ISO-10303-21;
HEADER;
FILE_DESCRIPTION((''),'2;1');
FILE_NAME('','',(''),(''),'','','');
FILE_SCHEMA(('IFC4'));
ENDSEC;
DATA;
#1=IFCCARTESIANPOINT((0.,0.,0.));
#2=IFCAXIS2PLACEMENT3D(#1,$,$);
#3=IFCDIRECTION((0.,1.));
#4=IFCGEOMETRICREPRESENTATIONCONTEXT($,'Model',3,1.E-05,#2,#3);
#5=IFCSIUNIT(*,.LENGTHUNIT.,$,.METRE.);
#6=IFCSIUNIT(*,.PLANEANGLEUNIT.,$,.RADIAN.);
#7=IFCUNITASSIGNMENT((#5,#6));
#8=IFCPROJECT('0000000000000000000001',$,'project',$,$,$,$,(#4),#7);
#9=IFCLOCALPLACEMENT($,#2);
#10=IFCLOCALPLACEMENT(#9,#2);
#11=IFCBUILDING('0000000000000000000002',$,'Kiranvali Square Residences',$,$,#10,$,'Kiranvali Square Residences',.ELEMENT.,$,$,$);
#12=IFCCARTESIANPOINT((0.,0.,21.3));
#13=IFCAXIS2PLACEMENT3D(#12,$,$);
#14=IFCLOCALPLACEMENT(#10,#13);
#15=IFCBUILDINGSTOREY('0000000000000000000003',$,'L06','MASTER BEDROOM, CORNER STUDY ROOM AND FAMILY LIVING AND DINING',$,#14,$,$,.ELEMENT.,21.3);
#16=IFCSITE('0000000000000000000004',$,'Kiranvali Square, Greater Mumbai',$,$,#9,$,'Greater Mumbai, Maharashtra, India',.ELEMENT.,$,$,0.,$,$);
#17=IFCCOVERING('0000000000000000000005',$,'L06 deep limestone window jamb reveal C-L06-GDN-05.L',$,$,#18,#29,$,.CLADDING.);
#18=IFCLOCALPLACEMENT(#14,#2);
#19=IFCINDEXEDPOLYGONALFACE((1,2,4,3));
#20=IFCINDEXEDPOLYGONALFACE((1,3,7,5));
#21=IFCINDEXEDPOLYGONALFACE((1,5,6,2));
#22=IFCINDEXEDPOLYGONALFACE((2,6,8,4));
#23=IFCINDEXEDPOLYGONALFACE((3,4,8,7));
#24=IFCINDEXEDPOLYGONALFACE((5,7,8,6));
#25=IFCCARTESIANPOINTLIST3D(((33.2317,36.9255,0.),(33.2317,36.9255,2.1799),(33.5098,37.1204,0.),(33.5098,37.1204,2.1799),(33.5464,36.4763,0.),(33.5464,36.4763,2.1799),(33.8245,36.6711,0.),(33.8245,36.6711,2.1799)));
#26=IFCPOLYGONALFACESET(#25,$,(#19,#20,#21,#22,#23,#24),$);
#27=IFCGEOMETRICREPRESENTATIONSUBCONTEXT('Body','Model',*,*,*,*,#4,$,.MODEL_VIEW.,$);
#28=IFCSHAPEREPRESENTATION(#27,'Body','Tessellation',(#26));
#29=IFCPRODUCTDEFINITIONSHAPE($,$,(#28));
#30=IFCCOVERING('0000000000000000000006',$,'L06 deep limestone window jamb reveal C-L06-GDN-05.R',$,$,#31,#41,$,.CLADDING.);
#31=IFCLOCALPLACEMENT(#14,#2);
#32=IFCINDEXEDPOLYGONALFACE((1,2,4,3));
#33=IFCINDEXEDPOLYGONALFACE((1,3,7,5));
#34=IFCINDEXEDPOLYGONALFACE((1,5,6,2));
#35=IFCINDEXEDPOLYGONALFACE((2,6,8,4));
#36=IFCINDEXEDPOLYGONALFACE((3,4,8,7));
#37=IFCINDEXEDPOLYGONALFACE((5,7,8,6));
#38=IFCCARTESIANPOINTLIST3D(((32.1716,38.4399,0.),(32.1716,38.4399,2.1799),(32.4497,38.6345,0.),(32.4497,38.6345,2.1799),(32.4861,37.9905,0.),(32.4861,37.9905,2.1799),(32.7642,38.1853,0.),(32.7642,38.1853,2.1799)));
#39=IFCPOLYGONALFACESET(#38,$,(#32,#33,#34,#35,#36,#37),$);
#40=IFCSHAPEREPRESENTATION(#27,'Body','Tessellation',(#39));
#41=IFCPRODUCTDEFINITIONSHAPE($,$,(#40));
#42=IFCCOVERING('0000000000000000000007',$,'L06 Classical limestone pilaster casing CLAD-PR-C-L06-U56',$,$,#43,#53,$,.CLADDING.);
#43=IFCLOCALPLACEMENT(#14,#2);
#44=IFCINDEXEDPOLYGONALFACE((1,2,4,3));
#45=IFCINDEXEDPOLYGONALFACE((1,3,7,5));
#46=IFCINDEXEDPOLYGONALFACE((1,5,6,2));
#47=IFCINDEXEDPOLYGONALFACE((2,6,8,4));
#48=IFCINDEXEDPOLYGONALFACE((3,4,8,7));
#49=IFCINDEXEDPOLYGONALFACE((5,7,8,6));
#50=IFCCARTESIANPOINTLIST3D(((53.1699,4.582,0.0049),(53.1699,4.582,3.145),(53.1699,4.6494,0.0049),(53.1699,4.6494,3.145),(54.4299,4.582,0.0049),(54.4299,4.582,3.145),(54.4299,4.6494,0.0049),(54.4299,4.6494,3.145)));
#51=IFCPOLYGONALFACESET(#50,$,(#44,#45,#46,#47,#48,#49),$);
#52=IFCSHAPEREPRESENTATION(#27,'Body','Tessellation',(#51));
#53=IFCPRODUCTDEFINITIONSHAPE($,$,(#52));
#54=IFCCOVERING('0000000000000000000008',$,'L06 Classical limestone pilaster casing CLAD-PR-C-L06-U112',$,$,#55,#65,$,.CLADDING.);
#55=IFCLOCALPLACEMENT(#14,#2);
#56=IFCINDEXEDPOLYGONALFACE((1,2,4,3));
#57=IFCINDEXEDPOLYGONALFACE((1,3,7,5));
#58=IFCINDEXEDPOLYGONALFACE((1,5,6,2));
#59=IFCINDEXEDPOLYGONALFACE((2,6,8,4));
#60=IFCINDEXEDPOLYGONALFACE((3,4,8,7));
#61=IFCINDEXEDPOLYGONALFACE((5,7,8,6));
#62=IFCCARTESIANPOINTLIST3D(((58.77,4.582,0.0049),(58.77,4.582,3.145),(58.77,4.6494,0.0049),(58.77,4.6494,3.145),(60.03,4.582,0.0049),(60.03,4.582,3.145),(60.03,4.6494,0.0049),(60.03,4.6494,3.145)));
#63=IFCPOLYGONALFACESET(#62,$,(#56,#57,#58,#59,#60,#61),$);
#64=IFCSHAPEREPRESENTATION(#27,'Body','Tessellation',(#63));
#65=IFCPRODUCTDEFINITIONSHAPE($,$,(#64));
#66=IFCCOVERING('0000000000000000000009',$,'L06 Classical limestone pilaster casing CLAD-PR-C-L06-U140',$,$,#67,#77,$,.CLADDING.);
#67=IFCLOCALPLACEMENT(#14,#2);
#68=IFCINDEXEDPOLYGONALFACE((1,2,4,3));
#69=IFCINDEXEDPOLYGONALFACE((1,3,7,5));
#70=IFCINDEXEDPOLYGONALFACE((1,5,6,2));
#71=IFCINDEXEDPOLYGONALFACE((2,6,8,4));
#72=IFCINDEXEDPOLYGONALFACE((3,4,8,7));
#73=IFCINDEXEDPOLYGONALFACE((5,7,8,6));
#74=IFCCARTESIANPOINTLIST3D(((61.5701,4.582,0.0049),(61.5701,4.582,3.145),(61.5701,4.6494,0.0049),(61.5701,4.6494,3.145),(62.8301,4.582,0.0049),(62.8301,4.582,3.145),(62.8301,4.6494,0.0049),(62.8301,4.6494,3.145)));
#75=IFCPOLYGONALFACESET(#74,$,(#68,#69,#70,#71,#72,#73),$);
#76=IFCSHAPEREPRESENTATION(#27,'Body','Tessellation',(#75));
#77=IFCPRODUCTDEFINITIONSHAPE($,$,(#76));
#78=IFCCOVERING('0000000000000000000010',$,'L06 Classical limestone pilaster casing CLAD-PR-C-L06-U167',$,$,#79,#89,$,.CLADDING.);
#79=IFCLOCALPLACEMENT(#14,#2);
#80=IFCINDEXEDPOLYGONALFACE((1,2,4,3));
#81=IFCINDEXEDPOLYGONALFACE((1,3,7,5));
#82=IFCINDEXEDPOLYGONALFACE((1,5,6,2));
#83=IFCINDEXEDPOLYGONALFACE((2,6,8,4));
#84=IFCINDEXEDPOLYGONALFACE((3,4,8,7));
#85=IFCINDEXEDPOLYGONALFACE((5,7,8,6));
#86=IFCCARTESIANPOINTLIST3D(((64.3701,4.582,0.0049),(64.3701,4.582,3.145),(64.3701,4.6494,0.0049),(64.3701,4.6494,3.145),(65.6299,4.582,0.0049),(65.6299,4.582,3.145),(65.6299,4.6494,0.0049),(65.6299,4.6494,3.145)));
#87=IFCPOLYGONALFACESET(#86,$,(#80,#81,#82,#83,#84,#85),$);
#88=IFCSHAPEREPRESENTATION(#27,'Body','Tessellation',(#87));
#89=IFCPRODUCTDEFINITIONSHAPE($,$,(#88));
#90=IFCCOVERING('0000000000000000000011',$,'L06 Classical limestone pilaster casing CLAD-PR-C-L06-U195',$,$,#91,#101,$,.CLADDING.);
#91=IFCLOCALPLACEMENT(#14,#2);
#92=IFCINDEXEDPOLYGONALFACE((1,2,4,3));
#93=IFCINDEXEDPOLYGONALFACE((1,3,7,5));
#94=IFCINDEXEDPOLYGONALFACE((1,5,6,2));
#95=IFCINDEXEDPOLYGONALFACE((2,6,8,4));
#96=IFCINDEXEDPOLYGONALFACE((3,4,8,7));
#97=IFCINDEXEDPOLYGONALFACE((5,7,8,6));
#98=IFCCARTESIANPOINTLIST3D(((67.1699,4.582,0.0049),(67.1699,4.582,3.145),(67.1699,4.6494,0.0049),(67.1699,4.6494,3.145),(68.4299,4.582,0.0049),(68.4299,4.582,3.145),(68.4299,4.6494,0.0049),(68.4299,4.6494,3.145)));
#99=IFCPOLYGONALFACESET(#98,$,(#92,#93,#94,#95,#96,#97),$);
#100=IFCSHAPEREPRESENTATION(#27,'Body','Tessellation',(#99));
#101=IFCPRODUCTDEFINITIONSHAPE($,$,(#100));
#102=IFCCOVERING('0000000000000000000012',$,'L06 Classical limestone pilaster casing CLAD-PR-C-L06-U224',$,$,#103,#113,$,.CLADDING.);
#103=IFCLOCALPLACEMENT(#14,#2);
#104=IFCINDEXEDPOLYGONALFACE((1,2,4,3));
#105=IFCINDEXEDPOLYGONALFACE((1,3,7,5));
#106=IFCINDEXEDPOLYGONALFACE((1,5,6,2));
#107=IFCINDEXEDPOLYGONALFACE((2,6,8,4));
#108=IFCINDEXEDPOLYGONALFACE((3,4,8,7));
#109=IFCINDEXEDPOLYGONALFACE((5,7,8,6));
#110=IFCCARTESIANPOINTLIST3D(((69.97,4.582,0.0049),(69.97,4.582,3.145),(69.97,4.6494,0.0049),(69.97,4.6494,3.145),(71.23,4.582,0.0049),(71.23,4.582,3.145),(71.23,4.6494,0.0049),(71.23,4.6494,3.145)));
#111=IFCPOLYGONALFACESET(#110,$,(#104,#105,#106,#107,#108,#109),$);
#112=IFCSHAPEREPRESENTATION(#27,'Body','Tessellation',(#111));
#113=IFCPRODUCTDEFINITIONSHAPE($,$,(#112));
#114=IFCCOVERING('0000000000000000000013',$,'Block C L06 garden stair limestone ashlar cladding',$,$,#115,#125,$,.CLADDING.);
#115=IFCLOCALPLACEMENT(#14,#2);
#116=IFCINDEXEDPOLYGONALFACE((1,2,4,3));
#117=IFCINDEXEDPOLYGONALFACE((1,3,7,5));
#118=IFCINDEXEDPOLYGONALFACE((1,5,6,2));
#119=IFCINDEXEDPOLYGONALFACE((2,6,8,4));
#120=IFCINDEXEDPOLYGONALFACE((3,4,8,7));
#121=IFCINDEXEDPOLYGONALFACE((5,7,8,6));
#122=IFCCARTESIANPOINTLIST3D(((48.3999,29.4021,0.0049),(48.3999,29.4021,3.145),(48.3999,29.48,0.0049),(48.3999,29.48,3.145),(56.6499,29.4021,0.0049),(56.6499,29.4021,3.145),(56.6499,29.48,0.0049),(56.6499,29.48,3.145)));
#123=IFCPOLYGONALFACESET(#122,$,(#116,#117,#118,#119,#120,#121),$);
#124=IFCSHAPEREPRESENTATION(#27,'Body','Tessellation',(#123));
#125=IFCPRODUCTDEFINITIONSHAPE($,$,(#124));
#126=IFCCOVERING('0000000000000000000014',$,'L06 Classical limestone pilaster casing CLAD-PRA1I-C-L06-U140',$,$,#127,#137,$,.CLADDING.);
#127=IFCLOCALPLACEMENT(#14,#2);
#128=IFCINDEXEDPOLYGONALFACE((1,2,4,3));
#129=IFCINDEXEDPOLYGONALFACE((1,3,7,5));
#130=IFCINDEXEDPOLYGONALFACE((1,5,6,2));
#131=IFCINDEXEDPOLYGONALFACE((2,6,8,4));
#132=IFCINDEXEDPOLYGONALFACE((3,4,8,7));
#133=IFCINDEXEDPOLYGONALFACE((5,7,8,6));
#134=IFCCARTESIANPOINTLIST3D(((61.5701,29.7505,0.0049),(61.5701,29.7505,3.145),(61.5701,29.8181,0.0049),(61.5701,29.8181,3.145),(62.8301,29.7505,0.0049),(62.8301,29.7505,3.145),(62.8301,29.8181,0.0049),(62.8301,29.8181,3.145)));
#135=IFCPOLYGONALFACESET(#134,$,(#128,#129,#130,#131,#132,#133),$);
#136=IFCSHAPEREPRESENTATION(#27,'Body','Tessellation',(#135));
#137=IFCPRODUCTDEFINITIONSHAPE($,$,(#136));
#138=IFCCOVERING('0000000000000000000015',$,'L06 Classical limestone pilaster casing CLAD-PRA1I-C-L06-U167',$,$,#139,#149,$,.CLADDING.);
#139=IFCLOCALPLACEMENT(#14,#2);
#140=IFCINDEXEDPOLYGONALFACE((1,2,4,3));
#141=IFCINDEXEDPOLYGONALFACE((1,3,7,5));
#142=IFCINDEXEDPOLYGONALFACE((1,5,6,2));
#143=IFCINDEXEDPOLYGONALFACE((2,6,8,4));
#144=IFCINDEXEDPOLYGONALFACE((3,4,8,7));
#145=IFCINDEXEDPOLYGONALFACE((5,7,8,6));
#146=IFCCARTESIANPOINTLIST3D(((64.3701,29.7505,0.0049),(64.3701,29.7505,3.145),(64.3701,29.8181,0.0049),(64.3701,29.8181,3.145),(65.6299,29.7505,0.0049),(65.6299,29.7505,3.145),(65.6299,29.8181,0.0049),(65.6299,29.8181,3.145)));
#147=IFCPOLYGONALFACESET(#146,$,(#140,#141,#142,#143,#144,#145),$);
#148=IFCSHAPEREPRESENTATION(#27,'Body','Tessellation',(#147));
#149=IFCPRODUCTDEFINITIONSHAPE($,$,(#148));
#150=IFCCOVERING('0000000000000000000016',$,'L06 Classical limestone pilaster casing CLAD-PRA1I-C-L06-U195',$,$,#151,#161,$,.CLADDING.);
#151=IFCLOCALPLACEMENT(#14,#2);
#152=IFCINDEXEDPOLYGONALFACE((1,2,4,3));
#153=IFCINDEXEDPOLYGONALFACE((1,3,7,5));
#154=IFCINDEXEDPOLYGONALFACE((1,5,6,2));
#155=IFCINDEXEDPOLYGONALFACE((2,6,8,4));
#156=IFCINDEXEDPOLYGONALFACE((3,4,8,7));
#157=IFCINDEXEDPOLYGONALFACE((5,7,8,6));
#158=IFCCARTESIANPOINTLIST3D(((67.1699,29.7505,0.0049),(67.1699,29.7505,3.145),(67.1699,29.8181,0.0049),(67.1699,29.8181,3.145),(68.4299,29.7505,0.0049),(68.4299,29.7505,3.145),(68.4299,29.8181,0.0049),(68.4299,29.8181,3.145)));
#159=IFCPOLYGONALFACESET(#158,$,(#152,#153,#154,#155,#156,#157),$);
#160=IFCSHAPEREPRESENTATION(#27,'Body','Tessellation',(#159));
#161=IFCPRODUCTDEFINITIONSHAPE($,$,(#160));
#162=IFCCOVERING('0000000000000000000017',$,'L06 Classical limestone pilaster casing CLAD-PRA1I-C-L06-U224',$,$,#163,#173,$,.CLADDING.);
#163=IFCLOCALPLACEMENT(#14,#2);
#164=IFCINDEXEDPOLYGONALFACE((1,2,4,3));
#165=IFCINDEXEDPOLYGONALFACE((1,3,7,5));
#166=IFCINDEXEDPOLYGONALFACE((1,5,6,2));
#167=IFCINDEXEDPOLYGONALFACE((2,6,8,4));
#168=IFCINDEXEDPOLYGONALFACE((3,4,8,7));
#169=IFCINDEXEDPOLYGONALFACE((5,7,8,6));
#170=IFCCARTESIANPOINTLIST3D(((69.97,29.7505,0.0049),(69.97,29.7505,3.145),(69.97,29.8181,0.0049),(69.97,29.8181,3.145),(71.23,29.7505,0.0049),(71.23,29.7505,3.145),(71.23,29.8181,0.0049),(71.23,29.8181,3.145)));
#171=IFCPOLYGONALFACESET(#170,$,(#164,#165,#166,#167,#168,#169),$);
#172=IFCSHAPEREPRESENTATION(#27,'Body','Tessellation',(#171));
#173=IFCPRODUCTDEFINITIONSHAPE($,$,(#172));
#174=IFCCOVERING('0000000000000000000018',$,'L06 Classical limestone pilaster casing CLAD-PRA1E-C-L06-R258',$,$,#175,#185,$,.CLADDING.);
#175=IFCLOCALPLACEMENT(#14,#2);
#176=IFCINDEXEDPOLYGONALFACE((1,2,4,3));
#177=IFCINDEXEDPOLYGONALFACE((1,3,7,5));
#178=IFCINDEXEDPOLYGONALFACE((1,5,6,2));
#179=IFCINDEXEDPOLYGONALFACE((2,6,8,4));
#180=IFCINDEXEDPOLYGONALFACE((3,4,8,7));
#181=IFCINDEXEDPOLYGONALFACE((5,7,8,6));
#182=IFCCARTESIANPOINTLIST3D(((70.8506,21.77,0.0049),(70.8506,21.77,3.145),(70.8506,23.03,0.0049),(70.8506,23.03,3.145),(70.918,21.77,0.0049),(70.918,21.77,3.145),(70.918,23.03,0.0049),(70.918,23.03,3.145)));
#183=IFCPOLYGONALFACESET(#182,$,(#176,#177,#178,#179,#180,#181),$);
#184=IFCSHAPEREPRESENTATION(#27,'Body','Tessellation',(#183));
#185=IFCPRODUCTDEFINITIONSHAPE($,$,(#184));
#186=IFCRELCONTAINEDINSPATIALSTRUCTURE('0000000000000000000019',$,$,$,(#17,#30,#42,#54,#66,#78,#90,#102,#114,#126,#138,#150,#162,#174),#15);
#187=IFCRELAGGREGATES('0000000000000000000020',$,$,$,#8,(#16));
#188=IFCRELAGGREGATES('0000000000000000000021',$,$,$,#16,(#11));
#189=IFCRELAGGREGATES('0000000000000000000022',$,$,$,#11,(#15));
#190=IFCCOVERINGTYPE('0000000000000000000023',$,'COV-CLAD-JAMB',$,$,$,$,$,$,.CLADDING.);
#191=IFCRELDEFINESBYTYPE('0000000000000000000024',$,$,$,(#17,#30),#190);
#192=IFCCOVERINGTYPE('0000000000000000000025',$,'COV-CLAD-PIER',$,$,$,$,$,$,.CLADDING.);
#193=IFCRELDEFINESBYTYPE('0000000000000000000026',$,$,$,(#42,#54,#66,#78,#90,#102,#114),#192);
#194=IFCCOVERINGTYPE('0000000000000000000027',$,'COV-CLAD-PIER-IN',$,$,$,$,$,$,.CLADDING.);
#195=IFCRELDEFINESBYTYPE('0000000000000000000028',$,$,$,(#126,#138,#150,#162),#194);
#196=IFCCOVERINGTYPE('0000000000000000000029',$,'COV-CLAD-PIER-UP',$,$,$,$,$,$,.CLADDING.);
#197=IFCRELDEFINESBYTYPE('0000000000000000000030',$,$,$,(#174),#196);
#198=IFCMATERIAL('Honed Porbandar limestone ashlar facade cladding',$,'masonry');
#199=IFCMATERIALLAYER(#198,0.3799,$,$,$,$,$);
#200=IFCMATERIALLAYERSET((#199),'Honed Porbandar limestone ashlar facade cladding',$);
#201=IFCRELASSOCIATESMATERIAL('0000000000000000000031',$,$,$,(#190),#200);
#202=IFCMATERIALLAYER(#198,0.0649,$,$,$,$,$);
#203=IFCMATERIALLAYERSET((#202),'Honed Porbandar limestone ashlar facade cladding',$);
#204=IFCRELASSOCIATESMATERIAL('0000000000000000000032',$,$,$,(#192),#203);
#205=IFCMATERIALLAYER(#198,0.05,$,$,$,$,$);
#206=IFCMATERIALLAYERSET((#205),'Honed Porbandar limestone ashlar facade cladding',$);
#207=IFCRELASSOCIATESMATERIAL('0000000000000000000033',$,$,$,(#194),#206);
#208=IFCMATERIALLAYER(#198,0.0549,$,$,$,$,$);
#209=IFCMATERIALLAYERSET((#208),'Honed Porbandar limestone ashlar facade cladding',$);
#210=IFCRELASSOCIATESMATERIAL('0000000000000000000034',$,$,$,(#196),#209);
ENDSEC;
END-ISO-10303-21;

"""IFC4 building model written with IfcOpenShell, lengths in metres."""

from ifc_helpers import new_model, si_unit, direction, frame, origin, place, context, subcontext, project, spatial, polyline, outline, extrude, material, layer, layer_set, type_object, element, save


model = new_model("IFC4")

# Units and contexts
model_context = context("Model", 3, precision=1e-05, world=origin(), true_north=direction((0.0, 1.0)))
body_context = subcontext(model_context, "Body", "Model", "MODEL_VIEW")
ifc_project = project(units=[si_unit("LENGTHUNIT", "METRE"), si_unit("PLANEANGLEUNIT", "RADIAN")], contexts=[model_context])

# Site, building, storey
site_placement = place(None, origin())
site = spatial("IfcSite", under=ifc_project, at=site_placement, Name="Kiranvali Square, Greater Mumbai", LongName="Greater Mumbai, Maharashtra, India", CompositionType="ELEMENT", RefElevation=0.0)
building_placement = place(site_placement, origin())
building = spatial("IfcBuilding", under=site, at=building_placement, Name="Kiranvali Square Residences", LongName="Kiranvali Square Residences", CompositionType="ELEMENT")
storey_placement = place(building_placement, frame((0.0, 0.0, 21.3)))
storey = spatial("IfcBuildingStorey", under=building, at=storey_placement, Name="L06", Description="MASTER BEDROOM, CORNER STUDY ROOM AND FAMILY LIVING AND DINING", CompositionType="ELEMENT", Elevation=21.3)

# Coverings
ifc_material = material(Name="Honed Porbandar limestone ashlar facade cladding", Category="masonry")
ifc_layer_1 = layer(ifc_material, 0.3799)
ifc_layer_set_1 = layer_set([ifc_layer_1], Name="Honed Porbandar limestone ashlar facade cladding")
covering_type_1 = type_object("IfcCoveringType", Name="COV-CLAD-JAMB", PredefinedType="CLADDING", material=ifc_layer_set_1)
covering_1_placement = place(storey_placement, origin())
element("IfcCovering", 1, at=covering_1_placement, inside=storey, type_object=covering_type_1, Name="L06 deep limestone window jamb reveal C-L06-GDN-05.L", PredefinedType="CLADDING", context=body_context, shape_type="SweptSolid", body=[
    extrude(outline(polyline([(33.8245, 36.6711), (33.5098, 37.1204), (33.2317, 36.9255), (33.5464, 36.4763), (33.8245, 36.6711)])), origin(), (0.0, 0.0, 1.0), 2.1799),
])
covering_2_placement = place(storey_placement, origin())
element("IfcCovering", 2, at=covering_2_placement, inside=storey, type_object=covering_type_1, Name="L06 deep limestone window jamb reveal C-L06-GDN-05.R", PredefinedType="CLADDING", context=body_context, shape_type="SweptSolid", body=[
    extrude(outline(polyline([(32.7642, 38.1853), (32.4497, 38.6345), (32.1716, 38.4399), (32.4861, 37.9905), (32.7642, 38.1853)])), origin(), (0.0, 0.0, 1.0), 2.1799),
])
ifc_layer_2 = layer(ifc_material, 0.0649)
ifc_layer_set_2 = layer_set([ifc_layer_2], Name="Honed Porbandar limestone ashlar facade cladding")
covering_type_2 = type_object("IfcCoveringType", Name="COV-CLAD-PIER", PredefinedType="CLADDING", material=ifc_layer_set_2)
covering_3_placement = place(storey_placement, frame((0.0, 0.0, 0.0049)))
element("IfcCovering", 3, at=covering_3_placement, inside=storey, type_object=covering_type_2, Name="L06 Classical limestone pilaster casing CLAD-PR-C-L06-U56", PredefinedType="CLADDING", context=body_context, shape_type="SweptSolid", body=[
    extrude(outline(polyline([(53.1699, 4.582), (54.4299, 4.582), (54.4299, 4.6494), (53.1699, 4.6494), (53.1699, 4.582)])), origin(), (0.0, 0.0, 1.0), 3.1401),
])
covering_4_placement = place(storey_placement, frame((0.0, 0.0, 0.0049)))
element("IfcCovering", 4, at=covering_4_placement, inside=storey, type_object=covering_type_2, Name="L06 Classical limestone pilaster casing CLAD-PR-C-L06-U112", PredefinedType="CLADDING", context=body_context, shape_type="SweptSolid", body=[
    extrude(outline(polyline([(58.77, 4.582), (60.03, 4.582), (60.03, 4.6494), (58.77, 4.6494), (58.77, 4.582)])), origin(), (0.0, 0.0, 1.0), 3.1401),
])
covering_5_placement = place(storey_placement, frame((0.0, 0.0, 0.0049)))
element("IfcCovering", 5, at=covering_5_placement, inside=storey, type_object=covering_type_2, Name="L06 Classical limestone pilaster casing CLAD-PR-C-L06-U140", PredefinedType="CLADDING", context=body_context, shape_type="SweptSolid", body=[
    extrude(outline(polyline([(61.5701, 4.582), (62.8301, 4.582), (62.8301, 4.6494), (61.5701, 4.6494), (61.5701, 4.582)])), origin(), (0.0, 0.0, 1.0), 3.1401),
])
covering_6_placement = place(storey_placement, frame((0.0, 0.0, 0.0049)))
element("IfcCovering", 6, at=covering_6_placement, inside=storey, type_object=covering_type_2, Name="L06 Classical limestone pilaster casing CLAD-PR-C-L06-U167", PredefinedType="CLADDING", context=body_context, shape_type="SweptSolid", body=[
    extrude(outline(polyline([(64.3701, 4.582), (65.6299, 4.582), (65.6299, 4.6494), (64.3701, 4.6494), (64.3701, 4.582)])), origin(), (0.0, 0.0, 1.0), 3.1401),
])
covering_7_placement = place(storey_placement, frame((0.0, 0.0, 0.0049)))
element("IfcCovering", 7, at=covering_7_placement, inside=storey, type_object=covering_type_2, Name="L06 Classical limestone pilaster casing CLAD-PR-C-L06-U195", PredefinedType="CLADDING", context=body_context, shape_type="SweptSolid", body=[
    extrude(outline(polyline([(67.1699, 4.582), (68.4299, 4.582), (68.4299, 4.6494), (67.1699, 4.6494), (67.1699, 4.582)])), origin(), (0.0, 0.0, 1.0), 3.1401),
])
covering_8_placement = place(storey_placement, frame((0.0, 0.0, 0.0049)))
element("IfcCovering", 8, at=covering_8_placement, inside=storey, type_object=covering_type_2, Name="L06 Classical limestone pilaster casing CLAD-PR-C-L06-U224", PredefinedType="CLADDING", context=body_context, shape_type="SweptSolid", body=[
    extrude(outline(polyline([(69.97, 4.582), (71.23, 4.582), (71.23, 4.6494), (69.97, 4.6494), (69.97, 4.582)])), origin(), (0.0, 0.0, 1.0), 3.1401),
])
covering_9_placement = place(storey_placement, frame((0.0, 0.0, 0.0049)))
element("IfcCovering", 9, at=covering_9_placement, inside=storey, type_object=covering_type_2, Name="Block C L06 garden stair limestone ashlar cladding", PredefinedType="CLADDING", context=body_context, shape_type="SweptSolid", body=[
    extrude(outline(polyline([(48.3999, 29.4021), (56.6499, 29.4021), (56.6499, 29.48), (48.3999, 29.48), (48.3999, 29.4021)])), origin(), (0.0, 0.0, 1.0), 3.1401),
])
ifc_layer_3 = layer(ifc_material, 0.05)
ifc_layer_set_3 = layer_set([ifc_layer_3], Name="Honed Porbandar limestone ashlar facade cladding")
covering_type_3 = type_object("IfcCoveringType", Name="COV-CLAD-PIER-IN", PredefinedType="CLADDING", material=ifc_layer_set_3)
covering_10_placement = place(storey_placement, frame((0.0, 0.0, 0.0049)))
element("IfcCovering", 10, at=covering_10_placement, inside=storey, type_object=covering_type_3, Name="L06 Classical limestone pilaster casing CLAD-PRA1I-C-L06-U140", PredefinedType="CLADDING", context=body_context, shape_type="SweptSolid", body=[
    extrude(outline(polyline([(61.5701, 29.7505), (62.8301, 29.7505), (62.8301, 29.8181), (61.5701, 29.8181), (61.5701, 29.7505)])), origin(), (0.0, 0.0, 1.0), 3.1401),
])
covering_11_placement = place(storey_placement, frame((0.0, 0.0, 0.0049)))
element("IfcCovering", 11, at=covering_11_placement, inside=storey, type_object=covering_type_3, Name="L06 Classical limestone pilaster casing CLAD-PRA1I-C-L06-U167", PredefinedType="CLADDING", context=body_context, shape_type="SweptSolid", body=[
    extrude(outline(polyline([(64.3701, 29.7505), (65.6299, 29.7505), (65.6299, 29.8181), (64.3701, 29.8181), (64.3701, 29.7505)])), origin(), (0.0, 0.0, 1.0), 3.1401),
])
covering_12_placement = place(storey_placement, frame((0.0, 0.0, 0.0049)))
element("IfcCovering", 12, at=covering_12_placement, inside=storey, type_object=covering_type_3, Name="L06 Classical limestone pilaster casing CLAD-PRA1I-C-L06-U195", PredefinedType="CLADDING", context=body_context, shape_type="SweptSolid", body=[
    extrude(outline(polyline([(67.1699, 29.7505), (68.4299, 29.7505), (68.4299, 29.8181), (67.1699, 29.8181), (67.1699, 29.7505)])), origin(), (0.0, 0.0, 1.0), 3.1401),
])
covering_13_placement = place(storey_placement, frame((0.0, 0.0, 0.0049)))
element("IfcCovering", 13, at=covering_13_placement, inside=storey, type_object=covering_type_3, Name="L06 Classical limestone pilaster casing CLAD-PRA1I-C-L06-U224", PredefinedType="CLADDING", context=body_context, shape_type="SweptSolid", body=[
    extrude(outline(polyline([(69.97, 29.7505), (71.23, 29.7505), (71.23, 29.8181), (69.97, 29.8181), (69.97, 29.7505)])), origin(), (0.0, 0.0, 1.0), 3.1401),
])
ifc_layer_4 = layer(ifc_material, 0.0549)
ifc_layer_set_4 = layer_set([ifc_layer_4], Name="Honed Porbandar limestone ashlar facade cladding")
covering_type_4 = type_object("IfcCoveringType", Name="COV-CLAD-PIER-UP", PredefinedType="CLADDING", material=ifc_layer_set_4)
covering_14_placement = place(storey_placement, frame((0.0, 0.0, 0.0049)))
element("IfcCovering", 14, at=covering_14_placement, inside=storey, type_object=covering_type_4, Name="L06 Classical limestone pilaster casing CLAD-PRA1E-C-L06-R258", PredefinedType="CLADDING", context=body_context, shape_type="SweptSolid", body=[
    extrude(outline(polyline([(70.8506, 23.03), (70.8506, 21.77), (70.918, 21.77), (70.918, 23.03), (70.8506, 23.03)])), origin(), (0.0, 0.0, 1.0), 3.1401),
])

save(model, "model.ifc")
